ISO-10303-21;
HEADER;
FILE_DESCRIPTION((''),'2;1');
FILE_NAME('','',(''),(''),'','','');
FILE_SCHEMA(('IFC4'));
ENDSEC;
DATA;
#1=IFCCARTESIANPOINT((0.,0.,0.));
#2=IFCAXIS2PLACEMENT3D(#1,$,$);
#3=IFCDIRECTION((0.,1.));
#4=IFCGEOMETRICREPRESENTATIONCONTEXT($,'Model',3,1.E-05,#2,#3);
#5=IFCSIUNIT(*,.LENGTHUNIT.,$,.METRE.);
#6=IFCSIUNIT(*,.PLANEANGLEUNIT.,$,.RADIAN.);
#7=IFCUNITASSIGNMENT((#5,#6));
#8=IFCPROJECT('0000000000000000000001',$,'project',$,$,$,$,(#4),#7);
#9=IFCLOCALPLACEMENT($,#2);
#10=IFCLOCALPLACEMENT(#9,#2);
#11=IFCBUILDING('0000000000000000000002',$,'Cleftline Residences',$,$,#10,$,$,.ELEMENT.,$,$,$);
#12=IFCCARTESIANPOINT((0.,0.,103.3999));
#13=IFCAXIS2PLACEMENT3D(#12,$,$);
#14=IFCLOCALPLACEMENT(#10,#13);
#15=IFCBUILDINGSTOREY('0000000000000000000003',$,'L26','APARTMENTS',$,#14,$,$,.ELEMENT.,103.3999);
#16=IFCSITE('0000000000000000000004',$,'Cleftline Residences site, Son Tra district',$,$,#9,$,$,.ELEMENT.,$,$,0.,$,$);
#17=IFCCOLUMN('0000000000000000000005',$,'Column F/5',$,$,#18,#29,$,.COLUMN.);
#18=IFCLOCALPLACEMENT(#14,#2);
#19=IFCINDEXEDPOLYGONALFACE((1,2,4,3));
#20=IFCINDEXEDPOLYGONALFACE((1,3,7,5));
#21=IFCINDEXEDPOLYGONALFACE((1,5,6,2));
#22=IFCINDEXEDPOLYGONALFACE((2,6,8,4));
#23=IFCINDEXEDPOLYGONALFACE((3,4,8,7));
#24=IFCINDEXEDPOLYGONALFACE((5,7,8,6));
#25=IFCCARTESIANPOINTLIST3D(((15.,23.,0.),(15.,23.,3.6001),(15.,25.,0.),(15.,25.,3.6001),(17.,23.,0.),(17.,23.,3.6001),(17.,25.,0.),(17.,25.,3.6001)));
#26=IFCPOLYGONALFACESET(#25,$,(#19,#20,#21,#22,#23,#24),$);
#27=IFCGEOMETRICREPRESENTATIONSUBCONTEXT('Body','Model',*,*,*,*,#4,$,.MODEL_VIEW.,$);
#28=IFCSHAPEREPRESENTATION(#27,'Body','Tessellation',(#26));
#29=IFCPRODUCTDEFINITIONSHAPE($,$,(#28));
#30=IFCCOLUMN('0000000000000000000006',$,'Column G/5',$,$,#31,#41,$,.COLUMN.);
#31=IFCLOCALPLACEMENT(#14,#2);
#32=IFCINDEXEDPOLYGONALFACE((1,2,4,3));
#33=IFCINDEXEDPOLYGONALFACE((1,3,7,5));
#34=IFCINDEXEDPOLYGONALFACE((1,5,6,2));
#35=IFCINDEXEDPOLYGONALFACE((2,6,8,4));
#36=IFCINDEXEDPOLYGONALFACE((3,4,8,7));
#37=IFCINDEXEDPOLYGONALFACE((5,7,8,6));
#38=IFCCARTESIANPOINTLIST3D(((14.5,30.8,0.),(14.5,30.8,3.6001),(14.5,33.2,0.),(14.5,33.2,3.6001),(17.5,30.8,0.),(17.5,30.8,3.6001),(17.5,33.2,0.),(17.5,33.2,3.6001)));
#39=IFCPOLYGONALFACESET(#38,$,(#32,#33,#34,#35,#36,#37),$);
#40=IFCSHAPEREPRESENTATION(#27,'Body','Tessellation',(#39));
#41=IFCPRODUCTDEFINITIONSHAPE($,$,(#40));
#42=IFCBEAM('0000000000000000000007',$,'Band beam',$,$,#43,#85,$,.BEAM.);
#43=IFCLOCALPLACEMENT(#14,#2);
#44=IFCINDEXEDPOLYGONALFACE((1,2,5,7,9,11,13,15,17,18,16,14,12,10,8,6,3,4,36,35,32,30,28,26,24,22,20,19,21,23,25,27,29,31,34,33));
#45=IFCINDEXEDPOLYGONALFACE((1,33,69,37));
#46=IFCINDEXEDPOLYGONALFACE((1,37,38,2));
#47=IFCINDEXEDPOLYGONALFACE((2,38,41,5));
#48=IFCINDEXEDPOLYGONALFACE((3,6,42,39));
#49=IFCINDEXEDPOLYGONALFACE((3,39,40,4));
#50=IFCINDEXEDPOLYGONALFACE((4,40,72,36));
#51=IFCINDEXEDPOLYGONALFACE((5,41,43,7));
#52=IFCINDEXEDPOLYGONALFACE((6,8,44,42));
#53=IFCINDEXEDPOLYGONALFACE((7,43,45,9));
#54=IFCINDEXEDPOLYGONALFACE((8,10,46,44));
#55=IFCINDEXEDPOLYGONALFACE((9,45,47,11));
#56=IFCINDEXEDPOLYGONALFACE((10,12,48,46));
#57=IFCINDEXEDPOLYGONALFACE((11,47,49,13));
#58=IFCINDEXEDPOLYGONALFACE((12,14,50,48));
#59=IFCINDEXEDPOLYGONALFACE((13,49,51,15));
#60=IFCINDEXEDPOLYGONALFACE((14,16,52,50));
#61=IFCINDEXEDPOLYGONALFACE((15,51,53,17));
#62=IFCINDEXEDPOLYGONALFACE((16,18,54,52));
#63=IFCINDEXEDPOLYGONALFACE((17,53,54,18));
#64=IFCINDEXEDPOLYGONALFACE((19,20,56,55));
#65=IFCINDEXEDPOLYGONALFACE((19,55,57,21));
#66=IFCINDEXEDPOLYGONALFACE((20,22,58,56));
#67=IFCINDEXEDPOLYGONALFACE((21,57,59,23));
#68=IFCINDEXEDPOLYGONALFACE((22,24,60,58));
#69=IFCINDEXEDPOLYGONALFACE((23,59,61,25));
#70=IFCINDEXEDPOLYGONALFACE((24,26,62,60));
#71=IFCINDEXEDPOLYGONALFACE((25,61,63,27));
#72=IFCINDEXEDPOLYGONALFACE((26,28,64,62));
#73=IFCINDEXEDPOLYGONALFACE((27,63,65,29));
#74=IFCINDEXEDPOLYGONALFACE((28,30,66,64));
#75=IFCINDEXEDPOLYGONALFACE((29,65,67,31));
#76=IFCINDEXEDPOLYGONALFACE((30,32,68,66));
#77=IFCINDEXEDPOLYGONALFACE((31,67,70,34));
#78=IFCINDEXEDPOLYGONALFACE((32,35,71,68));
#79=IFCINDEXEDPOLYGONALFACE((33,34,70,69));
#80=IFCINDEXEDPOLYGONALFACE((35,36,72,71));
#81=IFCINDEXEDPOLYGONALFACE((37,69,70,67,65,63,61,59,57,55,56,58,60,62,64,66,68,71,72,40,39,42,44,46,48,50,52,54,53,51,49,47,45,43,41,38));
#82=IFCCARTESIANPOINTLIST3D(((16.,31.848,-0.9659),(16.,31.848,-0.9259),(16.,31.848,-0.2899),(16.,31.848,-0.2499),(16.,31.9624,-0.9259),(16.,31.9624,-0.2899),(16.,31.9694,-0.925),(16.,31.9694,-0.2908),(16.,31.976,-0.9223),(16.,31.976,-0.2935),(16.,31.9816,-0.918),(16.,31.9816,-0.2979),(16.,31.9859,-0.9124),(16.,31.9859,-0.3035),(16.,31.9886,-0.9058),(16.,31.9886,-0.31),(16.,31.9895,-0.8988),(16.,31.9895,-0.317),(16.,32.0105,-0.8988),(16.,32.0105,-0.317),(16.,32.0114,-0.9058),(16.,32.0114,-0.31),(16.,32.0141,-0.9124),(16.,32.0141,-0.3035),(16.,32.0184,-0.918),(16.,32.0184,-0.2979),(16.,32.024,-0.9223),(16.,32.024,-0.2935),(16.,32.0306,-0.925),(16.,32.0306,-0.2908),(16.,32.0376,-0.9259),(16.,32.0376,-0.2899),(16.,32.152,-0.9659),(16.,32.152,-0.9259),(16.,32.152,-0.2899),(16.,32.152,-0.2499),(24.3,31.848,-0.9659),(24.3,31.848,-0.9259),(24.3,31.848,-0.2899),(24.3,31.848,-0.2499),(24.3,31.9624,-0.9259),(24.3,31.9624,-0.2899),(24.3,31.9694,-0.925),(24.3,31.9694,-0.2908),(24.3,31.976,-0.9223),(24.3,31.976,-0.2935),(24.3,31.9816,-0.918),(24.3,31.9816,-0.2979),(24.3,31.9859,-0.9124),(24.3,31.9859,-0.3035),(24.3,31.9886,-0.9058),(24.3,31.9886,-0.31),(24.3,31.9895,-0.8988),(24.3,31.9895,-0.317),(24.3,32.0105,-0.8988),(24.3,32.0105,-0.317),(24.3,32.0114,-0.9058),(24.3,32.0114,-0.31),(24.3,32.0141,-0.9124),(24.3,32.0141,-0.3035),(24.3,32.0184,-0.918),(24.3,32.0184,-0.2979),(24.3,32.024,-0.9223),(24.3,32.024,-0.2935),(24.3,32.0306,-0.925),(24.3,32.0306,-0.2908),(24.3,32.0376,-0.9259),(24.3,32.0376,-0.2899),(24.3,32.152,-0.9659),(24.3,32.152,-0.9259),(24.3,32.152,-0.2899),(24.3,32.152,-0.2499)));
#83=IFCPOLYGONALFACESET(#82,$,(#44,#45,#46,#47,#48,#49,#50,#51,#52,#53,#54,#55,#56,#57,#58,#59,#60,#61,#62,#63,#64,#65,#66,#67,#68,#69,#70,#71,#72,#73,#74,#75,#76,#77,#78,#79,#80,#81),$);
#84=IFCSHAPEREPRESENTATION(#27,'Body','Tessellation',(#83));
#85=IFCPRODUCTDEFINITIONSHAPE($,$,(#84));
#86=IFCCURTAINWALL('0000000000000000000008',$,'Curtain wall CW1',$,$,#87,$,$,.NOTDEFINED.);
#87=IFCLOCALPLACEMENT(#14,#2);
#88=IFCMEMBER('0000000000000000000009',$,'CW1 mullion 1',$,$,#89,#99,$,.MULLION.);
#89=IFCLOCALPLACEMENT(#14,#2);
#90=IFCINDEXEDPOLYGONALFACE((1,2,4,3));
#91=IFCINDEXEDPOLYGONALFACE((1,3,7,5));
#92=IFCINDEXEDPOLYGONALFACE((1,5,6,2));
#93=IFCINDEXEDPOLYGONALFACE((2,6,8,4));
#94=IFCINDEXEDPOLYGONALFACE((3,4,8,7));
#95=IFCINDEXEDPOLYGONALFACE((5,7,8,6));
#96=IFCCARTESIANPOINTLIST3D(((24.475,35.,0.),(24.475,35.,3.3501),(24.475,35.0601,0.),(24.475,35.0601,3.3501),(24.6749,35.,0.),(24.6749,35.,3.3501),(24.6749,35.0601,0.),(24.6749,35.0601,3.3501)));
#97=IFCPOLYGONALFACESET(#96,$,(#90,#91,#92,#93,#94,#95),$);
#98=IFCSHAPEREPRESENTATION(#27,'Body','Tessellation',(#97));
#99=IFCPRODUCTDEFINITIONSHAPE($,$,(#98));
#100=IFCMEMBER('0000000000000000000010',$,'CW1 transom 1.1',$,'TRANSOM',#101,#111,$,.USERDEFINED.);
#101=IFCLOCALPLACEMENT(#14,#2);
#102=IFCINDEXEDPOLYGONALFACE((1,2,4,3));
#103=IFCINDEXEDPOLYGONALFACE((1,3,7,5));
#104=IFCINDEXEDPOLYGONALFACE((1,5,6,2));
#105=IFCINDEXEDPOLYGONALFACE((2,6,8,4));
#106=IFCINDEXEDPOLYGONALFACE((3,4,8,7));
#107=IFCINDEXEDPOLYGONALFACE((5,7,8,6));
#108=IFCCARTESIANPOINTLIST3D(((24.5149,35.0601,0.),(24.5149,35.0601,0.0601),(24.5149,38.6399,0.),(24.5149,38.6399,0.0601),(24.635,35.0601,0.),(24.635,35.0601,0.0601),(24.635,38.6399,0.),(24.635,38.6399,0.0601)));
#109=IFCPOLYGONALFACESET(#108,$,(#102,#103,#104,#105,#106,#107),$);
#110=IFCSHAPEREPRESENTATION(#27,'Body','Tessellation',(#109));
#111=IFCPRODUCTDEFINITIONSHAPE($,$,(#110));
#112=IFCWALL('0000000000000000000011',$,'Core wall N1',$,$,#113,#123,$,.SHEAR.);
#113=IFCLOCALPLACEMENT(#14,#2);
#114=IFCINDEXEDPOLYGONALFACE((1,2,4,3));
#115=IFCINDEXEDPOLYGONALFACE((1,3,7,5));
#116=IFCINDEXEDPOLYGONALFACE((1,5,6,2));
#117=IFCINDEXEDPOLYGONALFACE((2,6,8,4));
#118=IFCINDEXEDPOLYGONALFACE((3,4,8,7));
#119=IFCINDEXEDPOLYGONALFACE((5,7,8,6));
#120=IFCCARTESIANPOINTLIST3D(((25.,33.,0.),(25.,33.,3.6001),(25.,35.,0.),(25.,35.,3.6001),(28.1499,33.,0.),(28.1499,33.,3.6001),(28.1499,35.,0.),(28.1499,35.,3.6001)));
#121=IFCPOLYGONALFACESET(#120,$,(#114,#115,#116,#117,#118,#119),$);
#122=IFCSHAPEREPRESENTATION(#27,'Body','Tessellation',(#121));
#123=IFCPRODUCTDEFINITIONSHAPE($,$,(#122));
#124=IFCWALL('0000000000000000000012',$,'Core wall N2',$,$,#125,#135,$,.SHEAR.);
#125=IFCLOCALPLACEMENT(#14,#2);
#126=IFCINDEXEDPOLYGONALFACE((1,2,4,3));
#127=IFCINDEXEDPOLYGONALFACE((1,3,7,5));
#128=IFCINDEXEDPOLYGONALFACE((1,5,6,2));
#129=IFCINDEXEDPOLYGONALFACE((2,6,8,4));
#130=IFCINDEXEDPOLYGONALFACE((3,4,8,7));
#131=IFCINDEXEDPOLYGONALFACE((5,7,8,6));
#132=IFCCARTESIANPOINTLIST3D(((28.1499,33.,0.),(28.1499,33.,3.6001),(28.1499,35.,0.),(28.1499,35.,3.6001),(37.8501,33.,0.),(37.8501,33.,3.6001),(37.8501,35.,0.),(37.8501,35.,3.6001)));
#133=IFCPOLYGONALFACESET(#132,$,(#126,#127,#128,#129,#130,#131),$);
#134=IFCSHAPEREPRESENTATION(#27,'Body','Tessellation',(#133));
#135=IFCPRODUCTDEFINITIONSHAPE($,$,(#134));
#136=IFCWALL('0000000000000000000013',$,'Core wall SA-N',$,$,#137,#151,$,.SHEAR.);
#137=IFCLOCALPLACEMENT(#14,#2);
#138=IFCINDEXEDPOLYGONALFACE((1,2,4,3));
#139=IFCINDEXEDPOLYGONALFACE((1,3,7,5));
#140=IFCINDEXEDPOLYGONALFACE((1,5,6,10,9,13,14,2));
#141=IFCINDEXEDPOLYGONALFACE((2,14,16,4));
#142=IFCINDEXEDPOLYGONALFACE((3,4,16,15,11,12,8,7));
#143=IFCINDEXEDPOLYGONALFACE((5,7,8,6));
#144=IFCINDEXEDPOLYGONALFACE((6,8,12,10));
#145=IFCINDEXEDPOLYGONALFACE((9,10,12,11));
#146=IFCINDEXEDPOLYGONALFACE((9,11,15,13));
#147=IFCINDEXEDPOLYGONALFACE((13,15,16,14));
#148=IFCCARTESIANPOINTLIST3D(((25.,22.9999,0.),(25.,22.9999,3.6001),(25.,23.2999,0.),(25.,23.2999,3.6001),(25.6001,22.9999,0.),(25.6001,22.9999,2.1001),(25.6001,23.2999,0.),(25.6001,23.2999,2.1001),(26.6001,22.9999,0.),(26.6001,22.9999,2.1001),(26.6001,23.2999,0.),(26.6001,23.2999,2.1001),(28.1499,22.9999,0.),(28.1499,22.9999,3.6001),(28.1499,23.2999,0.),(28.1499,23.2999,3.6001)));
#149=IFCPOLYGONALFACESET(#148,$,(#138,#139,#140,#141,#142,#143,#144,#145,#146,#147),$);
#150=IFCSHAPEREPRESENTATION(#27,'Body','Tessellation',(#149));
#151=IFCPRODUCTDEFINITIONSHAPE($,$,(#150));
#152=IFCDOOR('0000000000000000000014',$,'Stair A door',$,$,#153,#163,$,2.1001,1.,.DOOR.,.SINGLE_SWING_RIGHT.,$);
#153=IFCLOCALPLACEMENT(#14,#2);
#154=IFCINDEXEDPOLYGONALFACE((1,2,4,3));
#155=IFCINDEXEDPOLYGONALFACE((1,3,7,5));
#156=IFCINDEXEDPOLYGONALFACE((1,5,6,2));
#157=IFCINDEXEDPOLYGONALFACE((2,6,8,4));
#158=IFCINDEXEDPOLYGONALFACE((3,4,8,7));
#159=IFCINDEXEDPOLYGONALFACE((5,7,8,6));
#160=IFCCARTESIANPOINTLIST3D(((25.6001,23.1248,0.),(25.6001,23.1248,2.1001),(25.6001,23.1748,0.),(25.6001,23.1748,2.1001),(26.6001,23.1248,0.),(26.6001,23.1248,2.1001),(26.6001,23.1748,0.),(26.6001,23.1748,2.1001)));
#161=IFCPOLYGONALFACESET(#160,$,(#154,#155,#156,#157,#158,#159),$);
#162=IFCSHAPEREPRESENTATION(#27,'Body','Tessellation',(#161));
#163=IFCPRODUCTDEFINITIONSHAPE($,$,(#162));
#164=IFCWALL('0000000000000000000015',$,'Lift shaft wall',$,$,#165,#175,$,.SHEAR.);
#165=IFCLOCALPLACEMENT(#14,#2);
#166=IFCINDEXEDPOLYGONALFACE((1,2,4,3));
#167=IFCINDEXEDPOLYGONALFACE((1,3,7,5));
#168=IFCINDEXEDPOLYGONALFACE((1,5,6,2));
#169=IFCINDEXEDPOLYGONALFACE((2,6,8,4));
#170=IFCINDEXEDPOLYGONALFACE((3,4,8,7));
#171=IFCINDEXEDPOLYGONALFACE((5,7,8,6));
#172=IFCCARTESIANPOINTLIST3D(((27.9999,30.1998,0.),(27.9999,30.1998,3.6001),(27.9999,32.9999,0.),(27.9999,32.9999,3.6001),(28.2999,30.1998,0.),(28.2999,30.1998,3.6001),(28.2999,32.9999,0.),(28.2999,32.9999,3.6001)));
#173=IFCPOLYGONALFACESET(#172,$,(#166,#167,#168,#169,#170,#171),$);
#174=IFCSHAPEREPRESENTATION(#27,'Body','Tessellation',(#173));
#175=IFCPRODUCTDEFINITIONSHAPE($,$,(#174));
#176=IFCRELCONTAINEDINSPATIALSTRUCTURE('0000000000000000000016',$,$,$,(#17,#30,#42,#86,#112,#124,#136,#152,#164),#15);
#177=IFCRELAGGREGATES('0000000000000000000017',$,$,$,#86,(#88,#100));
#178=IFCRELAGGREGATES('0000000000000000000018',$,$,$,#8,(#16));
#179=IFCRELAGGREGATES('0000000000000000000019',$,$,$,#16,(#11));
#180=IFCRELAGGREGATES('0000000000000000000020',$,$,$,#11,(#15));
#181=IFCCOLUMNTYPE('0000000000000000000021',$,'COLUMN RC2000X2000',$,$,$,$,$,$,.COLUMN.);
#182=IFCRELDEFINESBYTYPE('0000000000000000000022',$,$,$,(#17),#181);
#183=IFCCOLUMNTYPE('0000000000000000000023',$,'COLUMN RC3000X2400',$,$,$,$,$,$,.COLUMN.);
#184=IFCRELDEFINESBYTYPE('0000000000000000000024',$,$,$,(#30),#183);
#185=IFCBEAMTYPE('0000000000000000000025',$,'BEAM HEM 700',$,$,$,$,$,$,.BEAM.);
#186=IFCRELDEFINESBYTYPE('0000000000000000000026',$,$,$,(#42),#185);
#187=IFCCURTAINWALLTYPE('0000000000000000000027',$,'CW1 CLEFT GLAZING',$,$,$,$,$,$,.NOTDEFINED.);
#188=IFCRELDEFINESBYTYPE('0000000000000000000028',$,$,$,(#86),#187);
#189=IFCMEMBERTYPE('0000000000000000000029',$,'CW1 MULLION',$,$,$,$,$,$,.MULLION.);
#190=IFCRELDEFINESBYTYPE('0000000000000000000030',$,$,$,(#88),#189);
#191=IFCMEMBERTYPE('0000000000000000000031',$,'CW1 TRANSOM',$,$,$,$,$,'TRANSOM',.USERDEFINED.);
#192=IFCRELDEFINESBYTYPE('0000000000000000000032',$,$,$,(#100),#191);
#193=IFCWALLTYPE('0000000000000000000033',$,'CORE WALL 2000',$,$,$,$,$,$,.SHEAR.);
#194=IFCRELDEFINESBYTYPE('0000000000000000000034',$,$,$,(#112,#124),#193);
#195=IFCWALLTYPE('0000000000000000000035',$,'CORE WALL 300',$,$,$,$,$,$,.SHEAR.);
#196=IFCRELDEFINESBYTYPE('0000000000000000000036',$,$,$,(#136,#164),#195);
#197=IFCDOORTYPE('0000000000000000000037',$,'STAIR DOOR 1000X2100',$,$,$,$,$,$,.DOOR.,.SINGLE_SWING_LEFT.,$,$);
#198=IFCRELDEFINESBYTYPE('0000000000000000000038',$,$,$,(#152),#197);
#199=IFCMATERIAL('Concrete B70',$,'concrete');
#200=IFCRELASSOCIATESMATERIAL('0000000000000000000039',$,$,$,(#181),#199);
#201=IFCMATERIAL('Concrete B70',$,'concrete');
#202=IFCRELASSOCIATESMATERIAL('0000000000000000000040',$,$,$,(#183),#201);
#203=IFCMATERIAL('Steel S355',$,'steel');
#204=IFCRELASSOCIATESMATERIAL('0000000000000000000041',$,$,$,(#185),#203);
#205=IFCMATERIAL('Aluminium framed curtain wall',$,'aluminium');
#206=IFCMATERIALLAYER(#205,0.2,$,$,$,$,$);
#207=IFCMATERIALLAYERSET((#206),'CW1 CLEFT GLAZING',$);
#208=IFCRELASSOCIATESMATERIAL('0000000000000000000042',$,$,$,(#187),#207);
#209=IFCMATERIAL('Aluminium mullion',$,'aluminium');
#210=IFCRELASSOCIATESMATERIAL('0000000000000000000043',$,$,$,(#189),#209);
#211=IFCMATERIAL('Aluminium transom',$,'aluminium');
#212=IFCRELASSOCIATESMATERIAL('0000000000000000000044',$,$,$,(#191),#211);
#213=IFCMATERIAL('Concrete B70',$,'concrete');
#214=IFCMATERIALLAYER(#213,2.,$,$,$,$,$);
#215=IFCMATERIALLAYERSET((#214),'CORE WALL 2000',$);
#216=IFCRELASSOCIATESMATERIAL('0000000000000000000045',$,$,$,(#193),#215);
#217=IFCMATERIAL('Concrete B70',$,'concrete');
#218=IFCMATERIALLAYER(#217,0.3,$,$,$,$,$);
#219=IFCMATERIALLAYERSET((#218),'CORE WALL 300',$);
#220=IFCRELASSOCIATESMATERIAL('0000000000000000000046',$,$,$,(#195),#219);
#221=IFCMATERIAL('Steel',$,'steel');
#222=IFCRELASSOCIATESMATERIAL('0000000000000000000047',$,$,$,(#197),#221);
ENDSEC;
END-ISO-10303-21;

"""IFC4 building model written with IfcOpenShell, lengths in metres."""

from ifc_helpers import new_model, si_unit, direction, frame, frame_2d, origin, origin_2d, place, context, subcontext, project, spatial, rectangle, i_section, extrude, material, layer, layer_set, material_profile, profile_set, type_object, element, fill, aggregate, save


model = new_model("IFC4")

# Units and contexts
model_context = context("Model", 3, precision=1e-05, world=origin(), true_north=direction((0.0, 1.0)))
body_context = subcontext(model_context, "Body", "Model", "MODEL_VIEW")
ifc_project = project(units=[si_unit("LENGTHUNIT", "METRE"), si_unit("PLANEANGLEUNIT", "RADIAN")], contexts=[model_context])

# Site, building, storey
site_placement = place(None, origin())
site = spatial("IfcSite", under=ifc_project, at=site_placement, Name="Cleftline Residences site, Son Tra district", CompositionType="ELEMENT", RefElevation=0.0)
building_placement = place(site_placement, origin())
building = spatial("IfcBuilding", under=site, at=building_placement, Name="Cleftline Residences", CompositionType="ELEMENT")
storey_placement = place(building_placement, frame((0.0, 0.0, 103.3999)))
storey = spatial("IfcBuildingStorey", under=building, at=storey_placement, Name="L26", Description="APARTMENTS", CompositionType="ELEMENT", Elevation=103.3999)

# Columns
ifc_material_1 = material(Name="Concrete B70", Category="concrete")
ifc_material_profile_1 = material_profile(ifc_material_1, rectangle(XDim=2.0, YDim=2.0, at=origin_2d()))
ifc_profile_set_1 = profile_set([ifc_material_profile_1], Name="Concrete B70")
column_type_1 = type_object("IfcColumnType", Name="COLUMN RC2000X2000", PredefinedType="COLUMN", material=ifc_profile_set_1)
column_1_placement = place(storey_placement, frame((16.0, 24.0, 0.0), z_axis=(0.0, 0.0, 1.0), x_axis=(1.0, 0.0, 0.0)))
element("IfcColumn", 1, at=column_1_placement, inside=storey, type_object=column_type_1, Name="Column F/5", PredefinedType="COLUMN", context=body_context, shape_type="SweptSolid", body=[
    extrude(rectangle(XDim=2.0, YDim=2.0, at=origin_2d()), origin(), (0.0, 0.0, 1.0), 3.6001),
])
ifc_material_2 = material(Name="Concrete B70", Category="concrete")
ifc_material_profile_2 = material_profile(ifc_material_2, rectangle(XDim=3.0, YDim=2.3999, at=origin_2d()))
ifc_profile_set_2 = profile_set([ifc_material_profile_2], Name="Concrete B70")
column_type_2 = type_object("IfcColumnType", Name="COLUMN RC3000X2400", PredefinedType="COLUMN", material=ifc_profile_set_2)
column_2_placement = place(storey_placement, frame((16.0, 32.0, 0.0), z_axis=(0.0, 0.0, 1.0), x_axis=(1.0, 0.0, 0.0)))
element("IfcColumn", 2, at=column_2_placement, inside=storey, type_object=column_type_2, Name="Column G/5", PredefinedType="COLUMN", context=body_context, shape_type="SweptSolid", body=[
    extrude(rectangle(XDim=3.0, YDim=2.3999, at=origin_2d()), origin(), (0.0, 0.0, 1.0), 3.6001),
])

# Beam
ifc_material_3 = material(Name="Steel S355", Category="steel")
ifc_material_profile_3 = material_profile(ifc_material_3, i_section(OverallWidth=0.304, OverallDepth=0.7161, WebThickness=0.021, FlangeThickness=0.04, FilletRadius=0.0271, at=origin_2d()))
ifc_profile_set_3 = profile_set([ifc_material_profile_3], Name="Steel S355")
beam_type = type_object("IfcBeamType", Name="BEAM HEM 700", PredefinedType="BEAM", material=ifc_profile_set_3)
beam_placement = place(storey_placement, frame((16.0, 32.0, -0.6079), z_axis=(1.0, 0.0, 0.0), x_axis=(0.0, 1.0, 0.0)))
element("IfcBeam", 3, at=beam_placement, inside=storey, type_object=beam_type, Name="Band beam", PredefinedType="BEAM", context=body_context, shape_type="SweptSolid", body=[
    extrude(i_section(OverallWidth=0.304, OverallDepth=0.7161, WebThickness=0.021, FlangeThickness=0.04, FilletRadius=0.0271, at=origin_2d()), origin(), (0.0, 0.0, 1.0), 8.3),
])

# Curtain wall, members
ifc_material_4 = material(Name="Aluminium framed curtain wall", Category="aluminium")
ifc_layer_1 = layer(ifc_material_4, 0.2)
ifc_layer_set_1 = layer_set([ifc_layer_1], Name="CW1 CLEFT GLAZING")
curtain_wall_type = type_object("IfcCurtainWallType", Name="CW1 CLEFT GLAZING", PredefinedType="NOTDEFINED", material=ifc_layer_set_1)
curtain_wall_placement = place(storey_placement, origin())
curtain_wall = element("IfcCurtainWall", 4, at=curtain_wall_placement, inside=storey, type_object=curtain_wall_type, Name="Curtain wall CW1", PredefinedType="NOTDEFINED")
ifc_material_5 = material(Name="Aluminium mullion", Category="aluminium")
ifc_material_profile_4 = material_profile(ifc_material_5, rectangle(XDim=0.2, YDim=0.0601, at=origin_2d()))
ifc_profile_set_4 = profile_set([ifc_material_profile_4], Name="Aluminium mullion")
member_type_1 = type_object("IfcMemberType", Name="CW1 MULLION", PredefinedType="MULLION", material=ifc_profile_set_4)
member_1_placement = place(storey_placement, frame((24.575, 35.03, 0.0), z_axis=(0.0, 0.0, 1.0), x_axis=(-1.0, 0.0, 0.0)))
member_1 = element("IfcMember", 5, at=member_1_placement, type_object=member_type_1, Name="CW1 mullion 1", PredefinedType="MULLION", context=body_context, shape_type="SweptSolid", body=[
    extrude(rectangle(XDim=0.2, YDim=0.0601, at=origin_2d()), origin(), (0.0, 0.0, 1.0), 3.3501),
])
ifc_material_6 = material(Name="Aluminium transom", Category="aluminium")
ifc_material_profile_5 = material_profile(ifc_material_6, rectangle(XDim=0.1201, YDim=0.0601, at=origin_2d()))
ifc_profile_set_5 = profile_set([ifc_material_profile_5], Name="Aluminium transom")
member_type_2 = type_object("IfcMemberType", Name="CW1 TRANSOM", ElementType="TRANSOM", PredefinedType="USERDEFINED", material=ifc_profile_set_5)
member_2_placement = place(storey_placement, frame((24.575, 35.0601, 0.03), z_axis=(0.0, 1.0, 0.0), x_axis=(-1.0, 0.0, 0.0)))
member_2 = element("IfcMember", 6, at=member_2_placement, type_object=member_type_2, Name="CW1 transom 1.1", ObjectType="TRANSOM", PredefinedType="USERDEFINED", context=body_context, shape_type="SweptSolid", body=[
    extrude(rectangle(XDim=0.1201, YDim=0.0601, at=origin_2d()), origin(), (0.0, 0.0, 1.0), 3.5798),
])
aggregate(curtain_wall, [member_1, member_2])

# Walls
ifc_material_7 = material(Name="Concrete B70", Category="concrete")
ifc_layer_2 = layer(ifc_material_7, 2.0)
ifc_layer_set_2 = layer_set([ifc_layer_2], Name="CORE WALL 2000")
wall_type_1 = type_object("IfcWallType", Name="CORE WALL 2000", PredefinedType="SHEAR", material=ifc_layer_set_2)
wall_1_placement = place(storey_placement, frame((25.0, 34.0, 0.0), z_axis=(0.0, 0.0, 1.0), x_axis=(1.0, 0.0, 0.0)))
element("IfcWall", 7, at=wall_1_placement, inside=storey, type_object=wall_type_1, Name="Core wall N1", PredefinedType="SHEAR", context=body_context, shape_type="SweptSolid", body=[
    extrude(rectangle(XDim=3.1499, YDim=2.0, at=frame_2d((1.575, 0.0))), origin(), (0.0, 0.0, 1.0), 3.6001),
])
wall_2_placement = place(storey_placement, frame((28.1499, 34.0, 0.0), z_axis=(0.0, 0.0, 1.0), x_axis=(1.0, 0.0, 0.0)))
element("IfcWall", 8, at=wall_2_placement, inside=storey, type_object=wall_type_1, Name="Core wall N2", PredefinedType="SHEAR", context=body_context, shape_type="SweptSolid", body=[
    extrude(rectangle(XDim=9.7002, YDim=2.0, at=frame_2d((4.8501, 0.0))), origin(), (0.0, 0.0, 1.0), 3.6001),
])

# Wall, opening, door
ifc_material_8 = material(Name="Concrete B70", Category="concrete")
ifc_layer_3 = layer(ifc_material_8, 0.3)
ifc_layer_set_3 = layer_set([ifc_layer_3], Name="CORE WALL 300")
wall_type_2 = type_object("IfcWallType", Name="CORE WALL 300", PredefinedType="SHEAR", material=ifc_layer_set_3)
wall_3_placement = place(storey_placement, frame((25.0, 23.1499, 0.0), z_axis=(0.0, 0.0, 1.0), x_axis=(1.0, 0.0, 0.0)))
wall_3 = element("IfcWall", 9, at=wall_3_placement, inside=storey, type_object=wall_type_2, Name="Core wall SA-N", PredefinedType="SHEAR", context=body_context, shape_type="SweptSolid", body=[
    extrude(rectangle(XDim=3.1499, YDim=0.3, at=frame_2d((1.575, 0.0))), origin(), (0.0, 0.0, 1.0), 3.6001),
])
opening_1_placement = place(wall_3_placement, frame((0.6001, 0.0, 0.0)))
opening_1 = element("IfcOpeningElement", 10, at=opening_1_placement, cuts=wall_3, PredefinedType="OPENING", context=body_context, shape_type="SweptSolid", body=[
    extrude(rectangle(XDim=1.0, YDim=2.1001, at=frame_2d((0.5, 1.05))), frame((0.0, 0.1599, 0.0), z_axis=(0.0, -1.0, 0.0), x_axis=(1.0, 0.0, 0.0)), (0.0, 0.0, 1.0), 0.3201),
])
ifc_material_9 = material(Name="Steel", Category="steel")
door_type_1 = type_object("IfcDoorType", Name="STAIR DOOR 1000X2100", OperationType="SINGLE_SWING_LEFT", PredefinedType="DOOR", material=ifc_material_9)
door_1_placement = place(opening_1_placement, origin())
door_1 = element("IfcDoor", 11, at=door_1_placement, inside=storey, type_object=door_type_1, Name="Stair A door", OperationType="SINGLE_SWING_RIGHT", OverallHeight=2.1001, OverallWidth=1.0, PredefinedType="DOOR", context=body_context, shape_type="SweptSolid", body=[
    extrude(rectangle(XDim=1.0, YDim=2.1001, at=frame_2d((0.5, 1.05))), frame((0.0, 0.0249, 0.0), z_axis=(0.0, -1.0, 0.0), x_axis=(1.0, 0.0, 0.0)), (0.0, 0.0, 1.0), 0.05),
])
fill(opening_1, door_1)

# Wall
wall_4_placement = place(storey_placement, frame((28.1499, 30.2, 0.0), z_axis=(0.0, 0.0, 1.0), x_axis=(0.0, 1.0, 0.0)))
element("IfcWall", 12, at=wall_4_placement, inside=storey, type_object=wall_type_2, Name="Lift shaft wall", PredefinedType="SHEAR", context=body_context, shape_type="SweptSolid", body=[
    extrude(rectangle(XDim=2.8, YDim=0.3, at=frame_2d((1.3999, 0.0))), origin(), (0.0, 0.0, 1.0), 3.6001),
])

save(model, "model.ifc")
